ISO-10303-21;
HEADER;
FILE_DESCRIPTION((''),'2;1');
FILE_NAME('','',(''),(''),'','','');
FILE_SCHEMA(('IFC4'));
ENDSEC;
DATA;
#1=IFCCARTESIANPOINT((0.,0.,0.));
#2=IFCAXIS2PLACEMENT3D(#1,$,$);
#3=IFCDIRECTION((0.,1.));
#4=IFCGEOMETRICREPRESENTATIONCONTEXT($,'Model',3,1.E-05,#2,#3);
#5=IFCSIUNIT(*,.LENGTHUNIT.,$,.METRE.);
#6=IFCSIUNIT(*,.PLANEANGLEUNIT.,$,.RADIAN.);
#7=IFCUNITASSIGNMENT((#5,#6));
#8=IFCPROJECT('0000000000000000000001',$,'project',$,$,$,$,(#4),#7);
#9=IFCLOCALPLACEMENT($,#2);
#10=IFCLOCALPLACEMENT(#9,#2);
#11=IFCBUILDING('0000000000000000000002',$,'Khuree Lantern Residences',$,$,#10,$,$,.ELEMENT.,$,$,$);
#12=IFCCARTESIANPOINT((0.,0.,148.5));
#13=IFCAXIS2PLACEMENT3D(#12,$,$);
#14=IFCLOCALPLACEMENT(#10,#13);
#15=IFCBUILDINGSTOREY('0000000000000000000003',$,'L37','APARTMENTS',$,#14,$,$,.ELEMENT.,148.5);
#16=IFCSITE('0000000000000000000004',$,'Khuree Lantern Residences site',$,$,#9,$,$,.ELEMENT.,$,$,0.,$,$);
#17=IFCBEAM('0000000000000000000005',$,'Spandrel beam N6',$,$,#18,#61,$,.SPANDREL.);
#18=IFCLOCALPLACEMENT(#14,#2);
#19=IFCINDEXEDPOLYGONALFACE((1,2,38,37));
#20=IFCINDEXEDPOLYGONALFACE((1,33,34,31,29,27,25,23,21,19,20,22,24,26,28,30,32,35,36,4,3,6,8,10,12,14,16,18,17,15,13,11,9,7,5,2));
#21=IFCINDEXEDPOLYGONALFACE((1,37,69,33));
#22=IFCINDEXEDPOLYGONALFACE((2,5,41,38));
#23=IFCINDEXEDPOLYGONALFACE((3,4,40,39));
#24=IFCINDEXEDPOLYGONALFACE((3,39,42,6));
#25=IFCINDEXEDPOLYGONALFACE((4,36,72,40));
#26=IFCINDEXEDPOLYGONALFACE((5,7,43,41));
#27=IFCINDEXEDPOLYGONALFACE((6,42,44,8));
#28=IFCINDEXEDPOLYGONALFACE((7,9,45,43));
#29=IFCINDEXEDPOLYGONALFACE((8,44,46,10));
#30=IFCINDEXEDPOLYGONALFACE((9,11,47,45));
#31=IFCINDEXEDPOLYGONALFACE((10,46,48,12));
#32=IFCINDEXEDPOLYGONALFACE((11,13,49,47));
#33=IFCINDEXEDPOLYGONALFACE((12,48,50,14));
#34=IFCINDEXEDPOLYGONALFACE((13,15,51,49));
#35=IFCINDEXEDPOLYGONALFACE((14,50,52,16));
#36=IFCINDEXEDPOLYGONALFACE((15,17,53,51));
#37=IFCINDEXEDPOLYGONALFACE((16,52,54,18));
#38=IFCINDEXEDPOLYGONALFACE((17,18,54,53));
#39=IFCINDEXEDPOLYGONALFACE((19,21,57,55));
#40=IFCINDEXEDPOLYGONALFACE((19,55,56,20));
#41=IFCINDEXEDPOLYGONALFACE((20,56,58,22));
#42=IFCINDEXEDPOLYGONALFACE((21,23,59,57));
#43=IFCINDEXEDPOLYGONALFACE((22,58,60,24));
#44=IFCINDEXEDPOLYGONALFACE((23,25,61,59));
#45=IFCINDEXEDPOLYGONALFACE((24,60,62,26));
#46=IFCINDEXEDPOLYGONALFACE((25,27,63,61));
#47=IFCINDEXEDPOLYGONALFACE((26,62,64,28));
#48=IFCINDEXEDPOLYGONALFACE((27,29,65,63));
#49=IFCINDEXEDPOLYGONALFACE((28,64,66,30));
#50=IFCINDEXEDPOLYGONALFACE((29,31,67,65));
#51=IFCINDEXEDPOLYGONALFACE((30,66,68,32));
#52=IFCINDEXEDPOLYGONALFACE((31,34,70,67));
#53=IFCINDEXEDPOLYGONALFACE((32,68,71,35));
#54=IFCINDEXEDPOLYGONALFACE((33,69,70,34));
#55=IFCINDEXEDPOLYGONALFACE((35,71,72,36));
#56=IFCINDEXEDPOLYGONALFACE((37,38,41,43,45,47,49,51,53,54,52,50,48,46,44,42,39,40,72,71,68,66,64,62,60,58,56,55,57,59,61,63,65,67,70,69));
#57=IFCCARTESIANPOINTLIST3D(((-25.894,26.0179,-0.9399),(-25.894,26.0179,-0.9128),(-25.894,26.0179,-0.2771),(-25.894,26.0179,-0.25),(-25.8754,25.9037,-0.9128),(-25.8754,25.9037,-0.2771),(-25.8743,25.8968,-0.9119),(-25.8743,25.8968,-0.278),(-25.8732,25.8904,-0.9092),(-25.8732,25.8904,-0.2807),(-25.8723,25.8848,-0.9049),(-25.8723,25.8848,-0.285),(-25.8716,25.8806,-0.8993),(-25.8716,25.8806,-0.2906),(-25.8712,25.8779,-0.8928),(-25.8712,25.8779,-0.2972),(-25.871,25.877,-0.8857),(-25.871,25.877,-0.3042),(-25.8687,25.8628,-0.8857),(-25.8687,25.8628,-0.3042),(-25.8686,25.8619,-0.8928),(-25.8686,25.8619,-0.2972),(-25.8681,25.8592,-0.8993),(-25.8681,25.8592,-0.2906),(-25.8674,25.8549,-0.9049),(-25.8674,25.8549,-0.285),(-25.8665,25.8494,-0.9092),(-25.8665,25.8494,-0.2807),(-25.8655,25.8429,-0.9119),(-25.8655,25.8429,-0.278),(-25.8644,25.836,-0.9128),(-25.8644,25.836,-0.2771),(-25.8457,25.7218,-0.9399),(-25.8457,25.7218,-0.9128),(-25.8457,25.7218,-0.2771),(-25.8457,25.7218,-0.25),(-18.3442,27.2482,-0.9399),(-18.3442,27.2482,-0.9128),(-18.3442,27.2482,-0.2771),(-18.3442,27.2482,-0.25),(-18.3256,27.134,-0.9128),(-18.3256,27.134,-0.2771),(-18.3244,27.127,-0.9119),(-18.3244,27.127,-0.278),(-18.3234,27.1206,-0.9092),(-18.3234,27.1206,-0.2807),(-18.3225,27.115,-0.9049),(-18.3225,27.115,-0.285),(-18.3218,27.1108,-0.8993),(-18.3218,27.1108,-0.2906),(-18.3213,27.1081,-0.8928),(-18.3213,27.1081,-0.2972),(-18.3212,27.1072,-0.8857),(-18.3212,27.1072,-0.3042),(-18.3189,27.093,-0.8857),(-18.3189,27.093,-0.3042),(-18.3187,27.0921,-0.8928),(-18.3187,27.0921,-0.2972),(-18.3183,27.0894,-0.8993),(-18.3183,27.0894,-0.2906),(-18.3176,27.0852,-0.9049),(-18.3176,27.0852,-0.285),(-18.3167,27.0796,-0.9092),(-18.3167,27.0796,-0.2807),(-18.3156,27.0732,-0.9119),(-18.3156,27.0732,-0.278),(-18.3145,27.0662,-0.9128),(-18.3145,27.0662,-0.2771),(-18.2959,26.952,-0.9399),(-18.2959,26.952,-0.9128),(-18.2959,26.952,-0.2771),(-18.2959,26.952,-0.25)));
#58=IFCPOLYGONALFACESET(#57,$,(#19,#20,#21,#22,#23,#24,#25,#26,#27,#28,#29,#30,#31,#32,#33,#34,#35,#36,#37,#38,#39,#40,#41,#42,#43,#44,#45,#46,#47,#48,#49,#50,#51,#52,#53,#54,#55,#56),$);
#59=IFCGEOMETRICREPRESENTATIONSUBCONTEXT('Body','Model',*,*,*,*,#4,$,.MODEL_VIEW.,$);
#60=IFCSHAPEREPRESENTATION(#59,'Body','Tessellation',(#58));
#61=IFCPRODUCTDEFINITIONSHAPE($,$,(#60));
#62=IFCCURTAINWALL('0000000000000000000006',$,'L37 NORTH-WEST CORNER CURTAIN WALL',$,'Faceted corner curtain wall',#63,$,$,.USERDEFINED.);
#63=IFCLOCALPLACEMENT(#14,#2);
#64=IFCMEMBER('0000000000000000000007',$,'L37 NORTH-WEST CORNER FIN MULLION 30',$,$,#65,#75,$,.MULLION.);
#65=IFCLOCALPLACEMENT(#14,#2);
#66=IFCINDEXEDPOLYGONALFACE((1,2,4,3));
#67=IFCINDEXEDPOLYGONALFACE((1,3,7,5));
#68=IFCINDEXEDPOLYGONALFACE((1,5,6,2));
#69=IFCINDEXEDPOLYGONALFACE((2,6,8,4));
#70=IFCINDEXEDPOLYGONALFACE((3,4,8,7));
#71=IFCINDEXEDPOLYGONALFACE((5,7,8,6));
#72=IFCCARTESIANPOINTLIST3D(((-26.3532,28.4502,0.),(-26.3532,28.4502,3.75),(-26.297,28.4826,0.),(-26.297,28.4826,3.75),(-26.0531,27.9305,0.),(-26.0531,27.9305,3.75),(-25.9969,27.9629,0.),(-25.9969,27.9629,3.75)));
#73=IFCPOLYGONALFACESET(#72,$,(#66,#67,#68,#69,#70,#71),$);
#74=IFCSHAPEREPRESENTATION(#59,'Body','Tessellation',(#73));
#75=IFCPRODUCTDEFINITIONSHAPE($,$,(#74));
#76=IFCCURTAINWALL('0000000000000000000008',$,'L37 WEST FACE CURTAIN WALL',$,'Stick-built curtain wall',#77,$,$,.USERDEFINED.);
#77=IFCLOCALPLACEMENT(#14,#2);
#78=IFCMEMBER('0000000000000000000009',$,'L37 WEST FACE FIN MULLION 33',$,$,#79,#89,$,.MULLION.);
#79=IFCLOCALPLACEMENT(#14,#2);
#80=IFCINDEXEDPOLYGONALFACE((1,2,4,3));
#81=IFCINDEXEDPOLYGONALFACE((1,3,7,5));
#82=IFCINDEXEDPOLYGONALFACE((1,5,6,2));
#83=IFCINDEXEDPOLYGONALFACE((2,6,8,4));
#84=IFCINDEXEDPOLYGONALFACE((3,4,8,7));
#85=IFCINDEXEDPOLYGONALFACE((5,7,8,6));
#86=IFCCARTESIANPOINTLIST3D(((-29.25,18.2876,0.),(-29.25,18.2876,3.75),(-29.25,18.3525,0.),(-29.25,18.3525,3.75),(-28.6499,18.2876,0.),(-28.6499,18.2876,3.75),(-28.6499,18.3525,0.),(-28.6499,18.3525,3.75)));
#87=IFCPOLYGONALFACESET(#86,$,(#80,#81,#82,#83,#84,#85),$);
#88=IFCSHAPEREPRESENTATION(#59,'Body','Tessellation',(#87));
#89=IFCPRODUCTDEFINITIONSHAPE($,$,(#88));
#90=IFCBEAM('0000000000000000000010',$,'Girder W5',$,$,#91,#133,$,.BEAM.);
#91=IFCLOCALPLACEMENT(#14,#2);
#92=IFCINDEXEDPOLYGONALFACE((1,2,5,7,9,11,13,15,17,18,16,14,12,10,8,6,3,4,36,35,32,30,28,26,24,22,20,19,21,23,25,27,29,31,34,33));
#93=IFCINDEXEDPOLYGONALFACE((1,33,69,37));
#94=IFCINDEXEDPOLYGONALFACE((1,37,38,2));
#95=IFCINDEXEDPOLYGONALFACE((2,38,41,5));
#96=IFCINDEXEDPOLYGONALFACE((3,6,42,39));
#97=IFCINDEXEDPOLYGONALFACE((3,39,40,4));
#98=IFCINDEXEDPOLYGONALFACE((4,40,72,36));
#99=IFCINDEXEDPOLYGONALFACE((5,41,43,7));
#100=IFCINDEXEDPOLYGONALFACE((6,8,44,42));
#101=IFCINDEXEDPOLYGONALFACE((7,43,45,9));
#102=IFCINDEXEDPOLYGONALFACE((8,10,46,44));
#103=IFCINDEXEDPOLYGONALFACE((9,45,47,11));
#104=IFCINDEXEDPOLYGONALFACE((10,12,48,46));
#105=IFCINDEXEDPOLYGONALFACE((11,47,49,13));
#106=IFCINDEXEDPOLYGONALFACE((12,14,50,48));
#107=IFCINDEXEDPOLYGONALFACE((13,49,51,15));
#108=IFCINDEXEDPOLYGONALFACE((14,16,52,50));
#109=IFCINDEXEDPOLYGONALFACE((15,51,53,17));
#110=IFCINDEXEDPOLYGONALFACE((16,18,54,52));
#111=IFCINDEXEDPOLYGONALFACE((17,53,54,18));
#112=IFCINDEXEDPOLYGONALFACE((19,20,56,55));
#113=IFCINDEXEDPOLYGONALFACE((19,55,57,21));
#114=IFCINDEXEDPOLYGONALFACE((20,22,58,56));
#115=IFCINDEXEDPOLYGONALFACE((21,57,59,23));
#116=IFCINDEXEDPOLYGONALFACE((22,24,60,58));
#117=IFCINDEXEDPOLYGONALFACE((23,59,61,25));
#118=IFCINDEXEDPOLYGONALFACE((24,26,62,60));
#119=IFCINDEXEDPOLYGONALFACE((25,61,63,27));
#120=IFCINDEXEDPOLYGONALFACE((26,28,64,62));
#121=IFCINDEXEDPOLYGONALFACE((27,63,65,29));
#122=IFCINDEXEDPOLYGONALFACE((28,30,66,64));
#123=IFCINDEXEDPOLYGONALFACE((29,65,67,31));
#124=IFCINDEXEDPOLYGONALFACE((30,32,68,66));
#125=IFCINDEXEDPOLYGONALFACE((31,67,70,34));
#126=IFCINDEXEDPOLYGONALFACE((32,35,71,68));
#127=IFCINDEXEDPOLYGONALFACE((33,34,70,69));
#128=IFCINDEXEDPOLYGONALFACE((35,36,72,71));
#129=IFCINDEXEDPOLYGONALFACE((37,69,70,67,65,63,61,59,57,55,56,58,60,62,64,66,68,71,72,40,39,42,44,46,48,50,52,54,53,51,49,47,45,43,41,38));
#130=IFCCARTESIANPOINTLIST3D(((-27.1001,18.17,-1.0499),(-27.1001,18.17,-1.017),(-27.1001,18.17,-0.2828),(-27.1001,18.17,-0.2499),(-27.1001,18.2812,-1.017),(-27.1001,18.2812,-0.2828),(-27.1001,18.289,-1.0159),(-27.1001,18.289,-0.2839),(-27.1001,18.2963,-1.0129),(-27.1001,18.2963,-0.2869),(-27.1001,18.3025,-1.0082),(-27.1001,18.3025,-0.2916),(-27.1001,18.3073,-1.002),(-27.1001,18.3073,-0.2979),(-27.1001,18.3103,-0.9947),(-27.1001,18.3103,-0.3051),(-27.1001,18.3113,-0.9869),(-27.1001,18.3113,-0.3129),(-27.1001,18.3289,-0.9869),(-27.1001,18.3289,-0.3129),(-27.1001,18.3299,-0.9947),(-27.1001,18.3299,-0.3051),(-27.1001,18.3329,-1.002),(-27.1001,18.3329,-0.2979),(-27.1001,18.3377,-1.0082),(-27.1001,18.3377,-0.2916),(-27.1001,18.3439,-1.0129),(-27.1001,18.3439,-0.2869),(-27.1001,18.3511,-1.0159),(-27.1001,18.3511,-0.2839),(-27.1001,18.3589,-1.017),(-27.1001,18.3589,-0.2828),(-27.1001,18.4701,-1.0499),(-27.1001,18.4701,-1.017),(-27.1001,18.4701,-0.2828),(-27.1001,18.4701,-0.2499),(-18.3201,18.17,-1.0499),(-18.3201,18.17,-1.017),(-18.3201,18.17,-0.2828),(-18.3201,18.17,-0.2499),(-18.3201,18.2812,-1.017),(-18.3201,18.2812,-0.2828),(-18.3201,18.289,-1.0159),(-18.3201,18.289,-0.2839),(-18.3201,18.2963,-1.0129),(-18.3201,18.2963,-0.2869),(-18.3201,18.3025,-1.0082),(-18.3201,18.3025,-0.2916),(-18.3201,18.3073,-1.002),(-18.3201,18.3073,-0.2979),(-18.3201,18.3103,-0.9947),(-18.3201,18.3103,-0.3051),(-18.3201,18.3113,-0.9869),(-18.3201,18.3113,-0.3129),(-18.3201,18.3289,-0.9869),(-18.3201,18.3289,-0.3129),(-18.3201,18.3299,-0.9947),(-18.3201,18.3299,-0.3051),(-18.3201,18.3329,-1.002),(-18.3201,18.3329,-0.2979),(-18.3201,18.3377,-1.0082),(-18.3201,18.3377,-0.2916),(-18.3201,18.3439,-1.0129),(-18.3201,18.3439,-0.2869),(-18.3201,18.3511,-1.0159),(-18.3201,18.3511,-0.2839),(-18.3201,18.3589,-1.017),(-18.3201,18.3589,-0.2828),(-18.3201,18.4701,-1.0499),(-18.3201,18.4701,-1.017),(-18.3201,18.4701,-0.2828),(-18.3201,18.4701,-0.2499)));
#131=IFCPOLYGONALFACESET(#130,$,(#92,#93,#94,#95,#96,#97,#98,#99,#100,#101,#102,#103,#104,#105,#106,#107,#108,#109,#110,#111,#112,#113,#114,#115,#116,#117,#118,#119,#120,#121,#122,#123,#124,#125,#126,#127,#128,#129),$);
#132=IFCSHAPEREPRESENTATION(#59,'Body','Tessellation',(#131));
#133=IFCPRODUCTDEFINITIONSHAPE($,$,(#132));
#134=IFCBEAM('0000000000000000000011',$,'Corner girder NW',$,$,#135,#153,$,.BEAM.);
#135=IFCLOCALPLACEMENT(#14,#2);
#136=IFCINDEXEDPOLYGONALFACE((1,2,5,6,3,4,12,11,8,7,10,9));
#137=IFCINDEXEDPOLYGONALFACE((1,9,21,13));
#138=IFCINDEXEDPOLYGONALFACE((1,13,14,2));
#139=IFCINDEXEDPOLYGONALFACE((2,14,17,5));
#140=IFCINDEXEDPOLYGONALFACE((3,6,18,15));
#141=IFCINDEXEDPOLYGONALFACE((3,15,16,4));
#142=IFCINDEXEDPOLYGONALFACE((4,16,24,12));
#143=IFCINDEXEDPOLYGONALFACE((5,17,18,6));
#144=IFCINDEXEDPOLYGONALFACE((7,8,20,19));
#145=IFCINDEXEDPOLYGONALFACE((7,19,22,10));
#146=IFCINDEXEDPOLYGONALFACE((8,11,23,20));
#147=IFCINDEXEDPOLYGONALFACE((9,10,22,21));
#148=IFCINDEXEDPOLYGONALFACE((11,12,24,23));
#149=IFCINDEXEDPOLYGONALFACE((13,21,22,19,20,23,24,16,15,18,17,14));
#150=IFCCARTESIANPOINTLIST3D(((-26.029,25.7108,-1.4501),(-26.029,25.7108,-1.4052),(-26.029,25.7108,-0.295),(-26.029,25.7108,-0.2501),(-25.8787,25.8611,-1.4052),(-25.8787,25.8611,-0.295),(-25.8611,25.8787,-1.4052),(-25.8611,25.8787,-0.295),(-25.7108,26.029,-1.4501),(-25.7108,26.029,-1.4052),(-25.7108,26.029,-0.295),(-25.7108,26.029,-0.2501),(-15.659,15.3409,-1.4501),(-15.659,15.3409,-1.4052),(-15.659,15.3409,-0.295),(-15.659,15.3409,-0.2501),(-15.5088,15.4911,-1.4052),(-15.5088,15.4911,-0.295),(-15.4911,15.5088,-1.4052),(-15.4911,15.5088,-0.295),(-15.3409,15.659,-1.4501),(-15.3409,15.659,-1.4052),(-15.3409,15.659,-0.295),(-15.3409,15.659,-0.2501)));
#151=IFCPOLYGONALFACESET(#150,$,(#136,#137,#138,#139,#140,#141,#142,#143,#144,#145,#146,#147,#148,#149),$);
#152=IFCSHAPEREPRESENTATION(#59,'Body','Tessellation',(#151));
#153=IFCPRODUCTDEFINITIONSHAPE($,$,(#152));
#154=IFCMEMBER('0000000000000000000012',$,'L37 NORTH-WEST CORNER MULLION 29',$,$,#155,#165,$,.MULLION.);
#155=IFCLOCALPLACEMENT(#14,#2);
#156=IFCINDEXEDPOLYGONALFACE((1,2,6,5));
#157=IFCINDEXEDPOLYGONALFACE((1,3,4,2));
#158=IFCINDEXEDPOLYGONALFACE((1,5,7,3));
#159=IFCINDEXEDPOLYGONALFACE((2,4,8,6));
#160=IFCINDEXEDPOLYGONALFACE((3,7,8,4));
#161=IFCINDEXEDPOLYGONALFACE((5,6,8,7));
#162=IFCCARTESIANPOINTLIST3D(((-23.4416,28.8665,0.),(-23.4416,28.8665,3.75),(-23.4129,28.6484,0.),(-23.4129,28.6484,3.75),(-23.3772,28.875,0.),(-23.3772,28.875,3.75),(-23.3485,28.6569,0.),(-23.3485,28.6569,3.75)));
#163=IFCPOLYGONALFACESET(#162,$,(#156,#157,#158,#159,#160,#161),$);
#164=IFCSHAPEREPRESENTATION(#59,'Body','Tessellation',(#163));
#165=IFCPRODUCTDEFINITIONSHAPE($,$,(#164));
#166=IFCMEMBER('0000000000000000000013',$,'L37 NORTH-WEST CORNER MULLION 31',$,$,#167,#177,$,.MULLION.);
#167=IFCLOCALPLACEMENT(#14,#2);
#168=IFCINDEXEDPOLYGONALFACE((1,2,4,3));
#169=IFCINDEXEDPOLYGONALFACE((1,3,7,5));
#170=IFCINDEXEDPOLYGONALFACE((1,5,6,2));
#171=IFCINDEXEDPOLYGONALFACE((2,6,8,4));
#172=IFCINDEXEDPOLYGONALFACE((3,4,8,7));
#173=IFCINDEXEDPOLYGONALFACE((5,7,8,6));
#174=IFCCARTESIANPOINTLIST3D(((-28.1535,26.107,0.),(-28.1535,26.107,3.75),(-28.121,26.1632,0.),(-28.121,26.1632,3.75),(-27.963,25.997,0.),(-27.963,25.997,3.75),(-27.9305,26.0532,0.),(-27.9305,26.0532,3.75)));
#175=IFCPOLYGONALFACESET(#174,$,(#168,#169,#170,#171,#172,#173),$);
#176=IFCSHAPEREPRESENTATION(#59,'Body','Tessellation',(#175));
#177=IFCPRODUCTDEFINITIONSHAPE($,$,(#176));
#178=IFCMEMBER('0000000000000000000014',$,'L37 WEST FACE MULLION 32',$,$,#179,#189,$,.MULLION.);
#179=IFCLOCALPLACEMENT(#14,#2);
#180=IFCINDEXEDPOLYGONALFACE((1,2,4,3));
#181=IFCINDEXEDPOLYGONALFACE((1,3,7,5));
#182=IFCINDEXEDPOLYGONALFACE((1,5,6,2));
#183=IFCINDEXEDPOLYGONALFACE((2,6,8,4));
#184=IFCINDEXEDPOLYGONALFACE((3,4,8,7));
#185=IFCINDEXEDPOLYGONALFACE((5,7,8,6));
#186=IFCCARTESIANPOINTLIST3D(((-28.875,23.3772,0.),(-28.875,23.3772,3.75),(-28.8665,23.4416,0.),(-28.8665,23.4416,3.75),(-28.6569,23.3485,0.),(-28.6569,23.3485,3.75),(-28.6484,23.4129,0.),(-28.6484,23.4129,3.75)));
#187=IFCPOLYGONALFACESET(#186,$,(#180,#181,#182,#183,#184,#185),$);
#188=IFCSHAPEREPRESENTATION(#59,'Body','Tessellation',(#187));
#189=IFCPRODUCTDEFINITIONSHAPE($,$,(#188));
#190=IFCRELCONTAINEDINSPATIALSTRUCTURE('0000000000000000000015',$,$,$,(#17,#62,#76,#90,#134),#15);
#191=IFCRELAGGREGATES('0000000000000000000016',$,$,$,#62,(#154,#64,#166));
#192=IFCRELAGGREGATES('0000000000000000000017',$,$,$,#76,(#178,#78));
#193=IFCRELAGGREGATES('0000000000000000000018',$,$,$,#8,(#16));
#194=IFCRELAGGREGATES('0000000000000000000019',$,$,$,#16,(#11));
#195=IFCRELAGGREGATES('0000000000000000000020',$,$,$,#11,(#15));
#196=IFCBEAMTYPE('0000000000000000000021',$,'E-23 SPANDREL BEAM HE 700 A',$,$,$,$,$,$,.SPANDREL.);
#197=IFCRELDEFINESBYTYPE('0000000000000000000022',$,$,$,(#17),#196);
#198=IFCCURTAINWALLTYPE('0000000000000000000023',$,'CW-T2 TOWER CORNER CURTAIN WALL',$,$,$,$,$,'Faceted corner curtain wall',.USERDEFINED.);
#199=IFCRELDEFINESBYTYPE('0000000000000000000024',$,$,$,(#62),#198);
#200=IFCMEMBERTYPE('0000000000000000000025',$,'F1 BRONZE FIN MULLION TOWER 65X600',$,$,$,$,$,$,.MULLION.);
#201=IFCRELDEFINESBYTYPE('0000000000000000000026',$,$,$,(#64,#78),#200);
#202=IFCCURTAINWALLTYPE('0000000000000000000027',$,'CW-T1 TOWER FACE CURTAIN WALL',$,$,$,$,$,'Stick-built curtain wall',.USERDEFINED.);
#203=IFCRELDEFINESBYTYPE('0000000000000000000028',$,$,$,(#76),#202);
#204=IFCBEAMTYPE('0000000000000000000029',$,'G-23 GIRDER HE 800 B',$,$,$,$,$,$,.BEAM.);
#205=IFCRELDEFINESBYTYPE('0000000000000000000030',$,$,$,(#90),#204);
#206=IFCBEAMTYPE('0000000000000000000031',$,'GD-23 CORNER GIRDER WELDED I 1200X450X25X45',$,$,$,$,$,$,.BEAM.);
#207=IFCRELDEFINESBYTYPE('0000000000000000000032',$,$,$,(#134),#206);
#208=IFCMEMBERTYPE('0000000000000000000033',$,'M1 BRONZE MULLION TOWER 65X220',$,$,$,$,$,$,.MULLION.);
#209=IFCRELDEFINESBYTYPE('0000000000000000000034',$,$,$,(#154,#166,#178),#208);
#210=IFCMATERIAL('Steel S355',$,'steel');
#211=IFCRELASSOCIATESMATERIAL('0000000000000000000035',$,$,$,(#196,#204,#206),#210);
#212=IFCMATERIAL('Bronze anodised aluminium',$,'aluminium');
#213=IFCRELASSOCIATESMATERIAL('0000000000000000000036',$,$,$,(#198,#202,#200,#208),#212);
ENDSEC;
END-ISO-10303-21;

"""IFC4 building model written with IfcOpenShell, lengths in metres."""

from ifc_helpers import new_model, si_unit, direction, frame, origin, origin_2d, place, context, subcontext, project, spatial, rectangle, i_section, extrude, material, material_profile, profile_set, type_object, element, aggregate, save


model = new_model("IFC4")

# Units and contexts
model_context = context("Model", 3, precision=1e-05, world=origin(), true_north=direction((0.0, 1.0)))
body_context = subcontext(model_context, "Body", "Model", "MODEL_VIEW")
ifc_project = project(units=[si_unit("LENGTHUNIT", "METRE"), si_unit("PLANEANGLEUNIT", "RADIAN")], contexts=[model_context])

# Site, building, storey
site_placement = place(None, origin())
site = spatial("IfcSite", under=ifc_project, at=site_placement, Name="Khuree Lantern Residences site", CompositionType="ELEMENT", RefElevation=0.0)
building_placement = place(site_placement, origin())
building = spatial("IfcBuilding", under=site, at=building_placement, Name="Khuree Lantern Residences", CompositionType="ELEMENT")
storey_placement = place(building_placement, frame((0.0, 0.0, 148.5)))
storey = spatial("IfcBuildingStorey", under=building, at=storey_placement, Name="L37", Description="APARTMENTS", CompositionType="ELEMENT", Elevation=148.5)

# Beam
ifc_material_1 = material(Name="Steel S355", Category="steel")
ifc_material_profile_1 = material_profile(ifc_material_1, i_section(OverallWidth=0.3, OverallDepth=0.6899, WebThickness=0.0144, FlangeThickness=0.0271, FilletRadius=0.0271, at=origin_2d()), Name="HE 700 A")
ifc_profile_set_1 = profile_set([ifc_material_profile_1], Name="Steel S355")
beam_type_1 = type_object("IfcBeamType", Name="E-23 SPANDREL BEAM HE 700 A", PredefinedType="SPANDREL", material=ifc_profile_set_1)
for number, where, z_axis, x_axis, name in (
    (1, (-25.8699, 25.8699, -0.595), (0.986983, 0.160827, 0.0), (-0.160827, 0.986983, 0.0), "Spandrel beam N6"),
):
    element("IfcBeam", number, at=place(storey_placement, frame(where, z_axis=z_axis, x_axis=x_axis)), inside=storey, type_object=beam_type_1, Name=name, PredefinedType="SPANDREL", context=body_context, shape_type="SweptSolid", body=[
        extrude(i_section(OverallWidth=0.3, OverallDepth=0.6899, WebThickness=0.0144, FlangeThickness=0.0271, FilletRadius=0.0271, at=origin_2d()), origin(), (0.0, 0.0, 1.0), 7.6494),
    ])

# Curtain walls, members
ifc_material_2 = material(Name="Bronze anodised aluminium", Category="aluminium")
curtain_wall_type_1 = type_object("IfcCurtainWallType", Name="CW-T2 TOWER CORNER CURTAIN WALL", ElementType="Faceted corner curtain wall", PredefinedType="USERDEFINED", material=ifc_material_2)
curtain_wall_1_placement = place(storey_placement, origin())
curtain_wall_1 = element("IfcCurtainWall", 2, at=curtain_wall_1_placement, inside=storey, type_object=curtain_wall_type_1, Name="L37 NORTH-WEST CORNER CURTAIN WALL", ObjectType="Faceted corner curtain wall", PredefinedType="USERDEFINED")
ifc_material_profile_2 = material_profile(ifc_material_2, rectangle(XDim=0.0649, YDim=0.6001, at=origin_2d()), Name="F1 65X600")
ifc_profile_set_2 = profile_set([ifc_material_profile_2], Name="Bronze anodised aluminium")
member_type_1 = type_object("IfcMemberType", Name="F1 BRONZE FIN MULLION TOWER 65X600", PredefinedType="MULLION", material=ifc_profile_set_2)
member_1_placement = place(storey_placement, frame((-26.175, 28.2065, 0.0), z_axis=(0.0, 0.0, 1.0), x_axis=(-0.866025, -0.5, 0.0)))
member_1 = element("IfcMember", 3, at=member_1_placement, type_object=member_type_1, Name="L37 NORTH-WEST CORNER FIN MULLION 30", PredefinedType="MULLION", context=body_context, shape_type="SweptSolid", body=[
    extrude(rectangle(XDim=0.0649, YDim=0.6001, at=origin_2d()), origin(), (0.0, 0.0, 1.0), 3.75),
])
curtain_wall_type_2 = type_object("IfcCurtainWallType", Name="CW-T1 TOWER FACE CURTAIN WALL", ElementType="Stick-built curtain wall", PredefinedType="USERDEFINED", material=ifc_material_2)
curtain_wall_2_placement = place(storey_placement, origin())
curtain_wall_2 = element("IfcCurtainWall", 4, at=curtain_wall_2_placement, inside=storey, type_object=curtain_wall_type_2, Name="L37 WEST FACE CURTAIN WALL", ObjectType="Stick-built curtain wall", PredefinedType="USERDEFINED")
member_2_placement = place(storey_placement, frame((-28.95, 18.3201, 0.0), z_axis=(0.0, 0.0, 1.0), x_axis=(0.0, -1.0, 0.0)))
member_2 = element("IfcMember", 5, at=member_2_placement, type_object=member_type_1, Name="L37 WEST FACE FIN MULLION 33", PredefinedType="MULLION", context=body_context, shape_type="SweptSolid", body=[
    extrude(rectangle(XDim=0.0649, YDim=0.6001, at=origin_2d()), origin(), (0.0, 0.0, 1.0), 3.75),
])

# Beams
ifc_material_profile_3 = material_profile(ifc_material_1, i_section(OverallWidth=0.3, OverallDepth=0.8, WebThickness=0.0176, FlangeThickness=0.033, FilletRadius=0.03, at=origin_2d()), Name="HE 800 B")
ifc_profile_set_3 = profile_set([ifc_material_profile_3], Name="Steel S355")
beam_type_2 = type_object("IfcBeamType", Name="G-23 GIRDER HE 800 B", PredefinedType="BEAM", material=ifc_profile_set_3)
beam_1_placement = place(storey_placement, frame((-27.1001, 18.3201, -0.6499), z_axis=(1.0, 0.0, 0.0), x_axis=(0.0, 1.0, 0.0)))
element("IfcBeam", 6, at=beam_1_placement, inside=storey, type_object=beam_type_2, Name="Girder W5", PredefinedType="BEAM", context=body_context, shape_type="SweptSolid", body=[
    extrude(i_section(OverallWidth=0.3, OverallDepth=0.8, WebThickness=0.0176, FlangeThickness=0.033, FilletRadius=0.03, at=origin_2d()), origin(), (0.0, 0.0, 1.0), 8.78),
])
ifc_material_profile_4 = material_profile(ifc_material_1, i_section(OverallWidth=0.45, OverallDepth=1.2, WebThickness=0.0249, FlangeThickness=0.0449, at=origin_2d()), Name="WELDED I 1200X450X25X45")
ifc_profile_set_4 = profile_set([ifc_material_profile_4], Name="Steel S355")
beam_type_3 = type_object("IfcBeamType", Name="GD-23 CORNER GIRDER WELDED I 1200X450X25X45", PredefinedType="BEAM", material=ifc_profile_set_4)
beam_2_placement = place(storey_placement, frame((-25.8699, 25.8699, -0.8501), z_axis=(0.707107, -0.707107, 0.0), x_axis=(0.707107, 0.707107, 0.0)))
element("IfcBeam", 7, at=beam_2_placement, inside=storey, type_object=beam_type_3, Name="Corner girder NW", PredefinedType="BEAM", context=body_context, shape_type="SweptSolid", body=[
    extrude(i_section(OverallWidth=0.45, OverallDepth=1.2, WebThickness=0.0249, FlangeThickness=0.0449, at=origin_2d()), origin(), (0.0, 0.0, 1.0), 14.6653),
])

# Members
ifc_material_profile_5 = material_profile(ifc_material_2, rectangle(XDim=0.0649, YDim=0.22, at=origin_2d()), Name="M1 65X220")
ifc_profile_set_5 = profile_set([ifc_material_profile_5], Name="Bronze anodised aluminium")
member_type_2 = type_object("IfcMemberType", Name="M1 BRONZE MULLION TOWER 65X220", PredefinedType="MULLION", material=ifc_profile_set_5)
member_3_placement = place(storey_placement, frame((-23.395, 28.7617, 0.0), z_axis=(0.0, 0.0, 1.0), x_axis=(-0.991445, -0.130526, 0.0)))
member_3 = element("IfcMember", 8, at=member_3_placement, type_object=member_type_2, Name="L37 NORTH-WEST CORNER MULLION 29", PredefinedType="MULLION", context=body_context, shape_type="SweptSolid", body=[
    extrude(rectangle(XDim=0.0649, YDim=0.22, at=origin_2d()), origin(), (0.0, 0.0, 1.0), 3.75),
])
member_4_placement = place(storey_placement, frame((-28.042, 26.0801, 0.0), z_axis=(0.0, 0.0, 1.0), x_axis=(-0.5, -0.866025, 0.0)))
member_4 = element("IfcMember", 9, at=member_4_placement, type_object=member_type_2, Name="L37 NORTH-WEST CORNER MULLION 31", PredefinedType="MULLION", context=body_context, shape_type="SweptSolid", body=[
    extrude(rectangle(XDim=0.0649, YDim=0.22, at=origin_2d()), origin(), (0.0, 0.0, 1.0), 3.75),
])
member_5_placement = place(storey_placement, frame((-28.7617, 23.395, 0.0), z_axis=(0.0, 0.0, 1.0), x_axis=(-0.130526, -0.991445, 0.0)))
member_5 = element("IfcMember", 10, at=member_5_placement, type_object=member_type_2, Name="L37 WEST FACE MULLION 32", PredefinedType="MULLION", context=body_context, shape_type="SweptSolid", body=[
    extrude(rectangle(XDim=0.0649, YDim=0.22, at=origin_2d()), origin(), (0.0, 0.0, 1.0), 3.75),
])

aggregate(curtain_wall_1, [member_3, member_1, member_4])
aggregate(curtain_wall_2, [member_5, member_2])

save(model, "model.ifc")
